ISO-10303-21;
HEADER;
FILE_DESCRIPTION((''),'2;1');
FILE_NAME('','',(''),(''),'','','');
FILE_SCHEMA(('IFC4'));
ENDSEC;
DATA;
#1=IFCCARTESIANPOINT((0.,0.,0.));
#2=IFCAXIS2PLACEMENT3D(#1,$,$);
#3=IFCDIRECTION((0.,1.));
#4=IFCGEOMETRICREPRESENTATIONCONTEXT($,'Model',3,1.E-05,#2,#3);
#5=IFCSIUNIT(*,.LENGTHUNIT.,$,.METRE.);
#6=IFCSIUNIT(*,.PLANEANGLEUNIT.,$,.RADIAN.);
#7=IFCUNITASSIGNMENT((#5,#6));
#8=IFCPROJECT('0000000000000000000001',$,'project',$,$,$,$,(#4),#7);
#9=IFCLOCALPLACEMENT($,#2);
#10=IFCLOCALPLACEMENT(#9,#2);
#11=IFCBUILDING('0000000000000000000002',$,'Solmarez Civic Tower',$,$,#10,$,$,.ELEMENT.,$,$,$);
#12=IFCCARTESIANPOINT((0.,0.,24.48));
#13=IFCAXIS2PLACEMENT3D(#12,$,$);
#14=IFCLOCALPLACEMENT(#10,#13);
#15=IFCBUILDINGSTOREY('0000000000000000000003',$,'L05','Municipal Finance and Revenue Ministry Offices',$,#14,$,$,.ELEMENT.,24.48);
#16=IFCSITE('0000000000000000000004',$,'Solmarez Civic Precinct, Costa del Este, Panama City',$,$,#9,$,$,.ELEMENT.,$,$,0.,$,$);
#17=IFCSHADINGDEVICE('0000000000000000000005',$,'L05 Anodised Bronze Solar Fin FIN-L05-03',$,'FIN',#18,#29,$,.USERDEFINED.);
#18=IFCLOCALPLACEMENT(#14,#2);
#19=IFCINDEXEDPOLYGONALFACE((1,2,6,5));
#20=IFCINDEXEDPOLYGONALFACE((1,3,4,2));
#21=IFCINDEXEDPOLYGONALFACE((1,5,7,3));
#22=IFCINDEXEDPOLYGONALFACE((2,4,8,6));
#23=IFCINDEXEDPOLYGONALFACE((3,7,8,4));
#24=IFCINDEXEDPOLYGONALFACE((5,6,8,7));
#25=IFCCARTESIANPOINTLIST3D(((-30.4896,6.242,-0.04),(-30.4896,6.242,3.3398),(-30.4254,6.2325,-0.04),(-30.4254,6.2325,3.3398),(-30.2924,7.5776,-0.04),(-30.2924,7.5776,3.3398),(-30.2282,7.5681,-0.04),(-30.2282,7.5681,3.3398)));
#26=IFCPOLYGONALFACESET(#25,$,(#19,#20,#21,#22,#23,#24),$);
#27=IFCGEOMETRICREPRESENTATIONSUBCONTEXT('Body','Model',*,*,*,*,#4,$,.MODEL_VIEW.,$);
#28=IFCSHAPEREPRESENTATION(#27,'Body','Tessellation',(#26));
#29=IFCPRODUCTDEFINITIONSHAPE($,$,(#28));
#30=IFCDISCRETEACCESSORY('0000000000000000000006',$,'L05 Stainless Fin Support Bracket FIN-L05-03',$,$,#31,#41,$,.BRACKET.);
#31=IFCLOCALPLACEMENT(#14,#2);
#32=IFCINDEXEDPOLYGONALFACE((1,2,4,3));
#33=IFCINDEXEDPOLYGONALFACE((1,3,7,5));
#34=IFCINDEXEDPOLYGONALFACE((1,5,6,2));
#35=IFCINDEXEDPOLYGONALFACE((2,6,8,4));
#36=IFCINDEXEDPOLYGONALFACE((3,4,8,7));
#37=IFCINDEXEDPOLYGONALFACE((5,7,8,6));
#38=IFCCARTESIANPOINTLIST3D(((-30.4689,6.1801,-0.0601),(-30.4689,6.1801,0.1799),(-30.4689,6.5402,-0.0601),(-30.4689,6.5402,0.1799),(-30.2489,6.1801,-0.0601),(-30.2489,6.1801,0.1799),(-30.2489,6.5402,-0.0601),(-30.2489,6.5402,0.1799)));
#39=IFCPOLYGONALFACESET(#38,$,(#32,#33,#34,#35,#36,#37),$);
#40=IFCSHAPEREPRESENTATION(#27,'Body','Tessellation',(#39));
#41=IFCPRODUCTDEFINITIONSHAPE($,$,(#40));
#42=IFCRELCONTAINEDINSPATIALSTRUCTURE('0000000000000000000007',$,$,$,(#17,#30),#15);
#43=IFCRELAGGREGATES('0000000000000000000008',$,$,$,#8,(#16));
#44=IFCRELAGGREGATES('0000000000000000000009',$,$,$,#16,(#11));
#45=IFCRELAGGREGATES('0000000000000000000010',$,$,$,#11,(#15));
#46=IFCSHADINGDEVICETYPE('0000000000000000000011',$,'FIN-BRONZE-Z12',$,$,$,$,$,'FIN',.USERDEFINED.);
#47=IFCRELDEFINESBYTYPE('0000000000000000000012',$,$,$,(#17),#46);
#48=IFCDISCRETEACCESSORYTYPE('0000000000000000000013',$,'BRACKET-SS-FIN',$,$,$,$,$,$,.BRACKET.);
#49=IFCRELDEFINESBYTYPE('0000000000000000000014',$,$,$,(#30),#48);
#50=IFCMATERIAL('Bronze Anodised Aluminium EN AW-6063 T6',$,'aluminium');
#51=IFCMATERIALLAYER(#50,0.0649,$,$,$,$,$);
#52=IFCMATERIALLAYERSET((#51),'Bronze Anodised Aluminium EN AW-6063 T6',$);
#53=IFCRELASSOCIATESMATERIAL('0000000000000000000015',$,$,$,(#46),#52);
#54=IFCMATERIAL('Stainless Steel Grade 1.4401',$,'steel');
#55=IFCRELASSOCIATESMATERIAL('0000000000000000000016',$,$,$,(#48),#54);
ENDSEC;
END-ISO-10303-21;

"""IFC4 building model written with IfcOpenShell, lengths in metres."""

from ifc_helpers import new_model, si_unit, direction, frame, origin, origin_2d, place, context, subcontext, project, spatial, rectangle, extrude, material, layer, layer_set, type_object, element, save


model = new_model("IFC4")

# Units and contexts
model_context = context("Model", 3, precision=1e-05, world=origin(), true_north=direction((0.0, 1.0)))
body_context = subcontext(model_context, "Body", "Model", "MODEL_VIEW")
ifc_project = project(units=[si_unit("LENGTHUNIT", "METRE"), si_unit("PLANEANGLEUNIT", "RADIAN")], contexts=[model_context])

# Site, building, storey
site_placement = place(None, origin())
site = spatial("IfcSite", under=ifc_project, at=site_placement, Name="Solmarez Civic Precinct, Costa del Este, Panama City", CompositionType="ELEMENT", RefElevation=0.0)
building_placement = place(site_placement, origin())
building = spatial("IfcBuilding", under=site, at=building_placement, Name="Solmarez Civic Tower", CompositionType="ELEMENT")
storey_placement = place(building_placement, frame((0.0, 0.0, 24.48)))
storey = spatial("IfcBuildingStorey", under=building, at=storey_placement, Name="L05", Description="Municipal Finance and Revenue Ministry Offices", CompositionType="ELEMENT", Elevation=24.48)

# Shared definitions
ifc_material_1 = material(Name="Bronze Anodised Aluminium EN AW-6063 T6", Category="aluminium")

# Shading device
ifc_layer_1 = layer(ifc_material_1, 0.0649)
ifc_layer_set_1 = layer_set([ifc_layer_1], Name="Bronze Anodised Aluminium EN AW-6063 T6")
shading_device_type = type_object("IfcShadingDeviceType", Name="FIN-BRONZE-Z12", ElementType="FIN", PredefinedType="USERDEFINED", material=ifc_layer_set_1)
shading_device_placement = place(storey_placement, frame((-30.3589, 6.905, -0.04), z_axis=(0.0, 0.0, 1.0), x_axis=(0.146083, 0.989272, 0.0)))
element("IfcShadingDevice", 1, at=shading_device_placement, inside=storey, type_object=shading_device_type, Name="L05 Anodised Bronze Solar Fin FIN-L05-03", ObjectType="FIN", PredefinedType="USERDEFINED", context=body_context, shape_type="SweptSolid", body=[
    extrude(rectangle(XDim=1.3501, YDim=0.0649, at=origin_2d()), origin(), (0.0, 0.0, 1.0), 3.3799),
])

# Discrete accessory
ifc_material_2 = material(Name="Stainless Steel Grade 1.4401", Category="steel")
discrete_accessory_type = type_object("IfcDiscreteAccessoryType", Name="BRACKET-SS-FIN", PredefinedType="BRACKET", material=ifc_material_2)
discrete_accessory_placement = place(storey_placement, frame((-30.3589, 6.3601, -0.0601), z_axis=(0.0, 0.0, 1.0), x_axis=(0.0, 1.0, 0.0)))
element("IfcDiscreteAccessory", 2, at=discrete_accessory_placement, inside=storey, type_object=discrete_accessory_type, Name="L05 Stainless Fin Support Bracket FIN-L05-03", PredefinedType="BRACKET", context=body_context, shape_type="SweptSolid", body=[
    extrude(rectangle(XDim=0.3601, YDim=0.22, at=origin_2d()), origin(), (0.0, 0.0, 1.0), 0.24),
])

save(model, "model.ifc")
